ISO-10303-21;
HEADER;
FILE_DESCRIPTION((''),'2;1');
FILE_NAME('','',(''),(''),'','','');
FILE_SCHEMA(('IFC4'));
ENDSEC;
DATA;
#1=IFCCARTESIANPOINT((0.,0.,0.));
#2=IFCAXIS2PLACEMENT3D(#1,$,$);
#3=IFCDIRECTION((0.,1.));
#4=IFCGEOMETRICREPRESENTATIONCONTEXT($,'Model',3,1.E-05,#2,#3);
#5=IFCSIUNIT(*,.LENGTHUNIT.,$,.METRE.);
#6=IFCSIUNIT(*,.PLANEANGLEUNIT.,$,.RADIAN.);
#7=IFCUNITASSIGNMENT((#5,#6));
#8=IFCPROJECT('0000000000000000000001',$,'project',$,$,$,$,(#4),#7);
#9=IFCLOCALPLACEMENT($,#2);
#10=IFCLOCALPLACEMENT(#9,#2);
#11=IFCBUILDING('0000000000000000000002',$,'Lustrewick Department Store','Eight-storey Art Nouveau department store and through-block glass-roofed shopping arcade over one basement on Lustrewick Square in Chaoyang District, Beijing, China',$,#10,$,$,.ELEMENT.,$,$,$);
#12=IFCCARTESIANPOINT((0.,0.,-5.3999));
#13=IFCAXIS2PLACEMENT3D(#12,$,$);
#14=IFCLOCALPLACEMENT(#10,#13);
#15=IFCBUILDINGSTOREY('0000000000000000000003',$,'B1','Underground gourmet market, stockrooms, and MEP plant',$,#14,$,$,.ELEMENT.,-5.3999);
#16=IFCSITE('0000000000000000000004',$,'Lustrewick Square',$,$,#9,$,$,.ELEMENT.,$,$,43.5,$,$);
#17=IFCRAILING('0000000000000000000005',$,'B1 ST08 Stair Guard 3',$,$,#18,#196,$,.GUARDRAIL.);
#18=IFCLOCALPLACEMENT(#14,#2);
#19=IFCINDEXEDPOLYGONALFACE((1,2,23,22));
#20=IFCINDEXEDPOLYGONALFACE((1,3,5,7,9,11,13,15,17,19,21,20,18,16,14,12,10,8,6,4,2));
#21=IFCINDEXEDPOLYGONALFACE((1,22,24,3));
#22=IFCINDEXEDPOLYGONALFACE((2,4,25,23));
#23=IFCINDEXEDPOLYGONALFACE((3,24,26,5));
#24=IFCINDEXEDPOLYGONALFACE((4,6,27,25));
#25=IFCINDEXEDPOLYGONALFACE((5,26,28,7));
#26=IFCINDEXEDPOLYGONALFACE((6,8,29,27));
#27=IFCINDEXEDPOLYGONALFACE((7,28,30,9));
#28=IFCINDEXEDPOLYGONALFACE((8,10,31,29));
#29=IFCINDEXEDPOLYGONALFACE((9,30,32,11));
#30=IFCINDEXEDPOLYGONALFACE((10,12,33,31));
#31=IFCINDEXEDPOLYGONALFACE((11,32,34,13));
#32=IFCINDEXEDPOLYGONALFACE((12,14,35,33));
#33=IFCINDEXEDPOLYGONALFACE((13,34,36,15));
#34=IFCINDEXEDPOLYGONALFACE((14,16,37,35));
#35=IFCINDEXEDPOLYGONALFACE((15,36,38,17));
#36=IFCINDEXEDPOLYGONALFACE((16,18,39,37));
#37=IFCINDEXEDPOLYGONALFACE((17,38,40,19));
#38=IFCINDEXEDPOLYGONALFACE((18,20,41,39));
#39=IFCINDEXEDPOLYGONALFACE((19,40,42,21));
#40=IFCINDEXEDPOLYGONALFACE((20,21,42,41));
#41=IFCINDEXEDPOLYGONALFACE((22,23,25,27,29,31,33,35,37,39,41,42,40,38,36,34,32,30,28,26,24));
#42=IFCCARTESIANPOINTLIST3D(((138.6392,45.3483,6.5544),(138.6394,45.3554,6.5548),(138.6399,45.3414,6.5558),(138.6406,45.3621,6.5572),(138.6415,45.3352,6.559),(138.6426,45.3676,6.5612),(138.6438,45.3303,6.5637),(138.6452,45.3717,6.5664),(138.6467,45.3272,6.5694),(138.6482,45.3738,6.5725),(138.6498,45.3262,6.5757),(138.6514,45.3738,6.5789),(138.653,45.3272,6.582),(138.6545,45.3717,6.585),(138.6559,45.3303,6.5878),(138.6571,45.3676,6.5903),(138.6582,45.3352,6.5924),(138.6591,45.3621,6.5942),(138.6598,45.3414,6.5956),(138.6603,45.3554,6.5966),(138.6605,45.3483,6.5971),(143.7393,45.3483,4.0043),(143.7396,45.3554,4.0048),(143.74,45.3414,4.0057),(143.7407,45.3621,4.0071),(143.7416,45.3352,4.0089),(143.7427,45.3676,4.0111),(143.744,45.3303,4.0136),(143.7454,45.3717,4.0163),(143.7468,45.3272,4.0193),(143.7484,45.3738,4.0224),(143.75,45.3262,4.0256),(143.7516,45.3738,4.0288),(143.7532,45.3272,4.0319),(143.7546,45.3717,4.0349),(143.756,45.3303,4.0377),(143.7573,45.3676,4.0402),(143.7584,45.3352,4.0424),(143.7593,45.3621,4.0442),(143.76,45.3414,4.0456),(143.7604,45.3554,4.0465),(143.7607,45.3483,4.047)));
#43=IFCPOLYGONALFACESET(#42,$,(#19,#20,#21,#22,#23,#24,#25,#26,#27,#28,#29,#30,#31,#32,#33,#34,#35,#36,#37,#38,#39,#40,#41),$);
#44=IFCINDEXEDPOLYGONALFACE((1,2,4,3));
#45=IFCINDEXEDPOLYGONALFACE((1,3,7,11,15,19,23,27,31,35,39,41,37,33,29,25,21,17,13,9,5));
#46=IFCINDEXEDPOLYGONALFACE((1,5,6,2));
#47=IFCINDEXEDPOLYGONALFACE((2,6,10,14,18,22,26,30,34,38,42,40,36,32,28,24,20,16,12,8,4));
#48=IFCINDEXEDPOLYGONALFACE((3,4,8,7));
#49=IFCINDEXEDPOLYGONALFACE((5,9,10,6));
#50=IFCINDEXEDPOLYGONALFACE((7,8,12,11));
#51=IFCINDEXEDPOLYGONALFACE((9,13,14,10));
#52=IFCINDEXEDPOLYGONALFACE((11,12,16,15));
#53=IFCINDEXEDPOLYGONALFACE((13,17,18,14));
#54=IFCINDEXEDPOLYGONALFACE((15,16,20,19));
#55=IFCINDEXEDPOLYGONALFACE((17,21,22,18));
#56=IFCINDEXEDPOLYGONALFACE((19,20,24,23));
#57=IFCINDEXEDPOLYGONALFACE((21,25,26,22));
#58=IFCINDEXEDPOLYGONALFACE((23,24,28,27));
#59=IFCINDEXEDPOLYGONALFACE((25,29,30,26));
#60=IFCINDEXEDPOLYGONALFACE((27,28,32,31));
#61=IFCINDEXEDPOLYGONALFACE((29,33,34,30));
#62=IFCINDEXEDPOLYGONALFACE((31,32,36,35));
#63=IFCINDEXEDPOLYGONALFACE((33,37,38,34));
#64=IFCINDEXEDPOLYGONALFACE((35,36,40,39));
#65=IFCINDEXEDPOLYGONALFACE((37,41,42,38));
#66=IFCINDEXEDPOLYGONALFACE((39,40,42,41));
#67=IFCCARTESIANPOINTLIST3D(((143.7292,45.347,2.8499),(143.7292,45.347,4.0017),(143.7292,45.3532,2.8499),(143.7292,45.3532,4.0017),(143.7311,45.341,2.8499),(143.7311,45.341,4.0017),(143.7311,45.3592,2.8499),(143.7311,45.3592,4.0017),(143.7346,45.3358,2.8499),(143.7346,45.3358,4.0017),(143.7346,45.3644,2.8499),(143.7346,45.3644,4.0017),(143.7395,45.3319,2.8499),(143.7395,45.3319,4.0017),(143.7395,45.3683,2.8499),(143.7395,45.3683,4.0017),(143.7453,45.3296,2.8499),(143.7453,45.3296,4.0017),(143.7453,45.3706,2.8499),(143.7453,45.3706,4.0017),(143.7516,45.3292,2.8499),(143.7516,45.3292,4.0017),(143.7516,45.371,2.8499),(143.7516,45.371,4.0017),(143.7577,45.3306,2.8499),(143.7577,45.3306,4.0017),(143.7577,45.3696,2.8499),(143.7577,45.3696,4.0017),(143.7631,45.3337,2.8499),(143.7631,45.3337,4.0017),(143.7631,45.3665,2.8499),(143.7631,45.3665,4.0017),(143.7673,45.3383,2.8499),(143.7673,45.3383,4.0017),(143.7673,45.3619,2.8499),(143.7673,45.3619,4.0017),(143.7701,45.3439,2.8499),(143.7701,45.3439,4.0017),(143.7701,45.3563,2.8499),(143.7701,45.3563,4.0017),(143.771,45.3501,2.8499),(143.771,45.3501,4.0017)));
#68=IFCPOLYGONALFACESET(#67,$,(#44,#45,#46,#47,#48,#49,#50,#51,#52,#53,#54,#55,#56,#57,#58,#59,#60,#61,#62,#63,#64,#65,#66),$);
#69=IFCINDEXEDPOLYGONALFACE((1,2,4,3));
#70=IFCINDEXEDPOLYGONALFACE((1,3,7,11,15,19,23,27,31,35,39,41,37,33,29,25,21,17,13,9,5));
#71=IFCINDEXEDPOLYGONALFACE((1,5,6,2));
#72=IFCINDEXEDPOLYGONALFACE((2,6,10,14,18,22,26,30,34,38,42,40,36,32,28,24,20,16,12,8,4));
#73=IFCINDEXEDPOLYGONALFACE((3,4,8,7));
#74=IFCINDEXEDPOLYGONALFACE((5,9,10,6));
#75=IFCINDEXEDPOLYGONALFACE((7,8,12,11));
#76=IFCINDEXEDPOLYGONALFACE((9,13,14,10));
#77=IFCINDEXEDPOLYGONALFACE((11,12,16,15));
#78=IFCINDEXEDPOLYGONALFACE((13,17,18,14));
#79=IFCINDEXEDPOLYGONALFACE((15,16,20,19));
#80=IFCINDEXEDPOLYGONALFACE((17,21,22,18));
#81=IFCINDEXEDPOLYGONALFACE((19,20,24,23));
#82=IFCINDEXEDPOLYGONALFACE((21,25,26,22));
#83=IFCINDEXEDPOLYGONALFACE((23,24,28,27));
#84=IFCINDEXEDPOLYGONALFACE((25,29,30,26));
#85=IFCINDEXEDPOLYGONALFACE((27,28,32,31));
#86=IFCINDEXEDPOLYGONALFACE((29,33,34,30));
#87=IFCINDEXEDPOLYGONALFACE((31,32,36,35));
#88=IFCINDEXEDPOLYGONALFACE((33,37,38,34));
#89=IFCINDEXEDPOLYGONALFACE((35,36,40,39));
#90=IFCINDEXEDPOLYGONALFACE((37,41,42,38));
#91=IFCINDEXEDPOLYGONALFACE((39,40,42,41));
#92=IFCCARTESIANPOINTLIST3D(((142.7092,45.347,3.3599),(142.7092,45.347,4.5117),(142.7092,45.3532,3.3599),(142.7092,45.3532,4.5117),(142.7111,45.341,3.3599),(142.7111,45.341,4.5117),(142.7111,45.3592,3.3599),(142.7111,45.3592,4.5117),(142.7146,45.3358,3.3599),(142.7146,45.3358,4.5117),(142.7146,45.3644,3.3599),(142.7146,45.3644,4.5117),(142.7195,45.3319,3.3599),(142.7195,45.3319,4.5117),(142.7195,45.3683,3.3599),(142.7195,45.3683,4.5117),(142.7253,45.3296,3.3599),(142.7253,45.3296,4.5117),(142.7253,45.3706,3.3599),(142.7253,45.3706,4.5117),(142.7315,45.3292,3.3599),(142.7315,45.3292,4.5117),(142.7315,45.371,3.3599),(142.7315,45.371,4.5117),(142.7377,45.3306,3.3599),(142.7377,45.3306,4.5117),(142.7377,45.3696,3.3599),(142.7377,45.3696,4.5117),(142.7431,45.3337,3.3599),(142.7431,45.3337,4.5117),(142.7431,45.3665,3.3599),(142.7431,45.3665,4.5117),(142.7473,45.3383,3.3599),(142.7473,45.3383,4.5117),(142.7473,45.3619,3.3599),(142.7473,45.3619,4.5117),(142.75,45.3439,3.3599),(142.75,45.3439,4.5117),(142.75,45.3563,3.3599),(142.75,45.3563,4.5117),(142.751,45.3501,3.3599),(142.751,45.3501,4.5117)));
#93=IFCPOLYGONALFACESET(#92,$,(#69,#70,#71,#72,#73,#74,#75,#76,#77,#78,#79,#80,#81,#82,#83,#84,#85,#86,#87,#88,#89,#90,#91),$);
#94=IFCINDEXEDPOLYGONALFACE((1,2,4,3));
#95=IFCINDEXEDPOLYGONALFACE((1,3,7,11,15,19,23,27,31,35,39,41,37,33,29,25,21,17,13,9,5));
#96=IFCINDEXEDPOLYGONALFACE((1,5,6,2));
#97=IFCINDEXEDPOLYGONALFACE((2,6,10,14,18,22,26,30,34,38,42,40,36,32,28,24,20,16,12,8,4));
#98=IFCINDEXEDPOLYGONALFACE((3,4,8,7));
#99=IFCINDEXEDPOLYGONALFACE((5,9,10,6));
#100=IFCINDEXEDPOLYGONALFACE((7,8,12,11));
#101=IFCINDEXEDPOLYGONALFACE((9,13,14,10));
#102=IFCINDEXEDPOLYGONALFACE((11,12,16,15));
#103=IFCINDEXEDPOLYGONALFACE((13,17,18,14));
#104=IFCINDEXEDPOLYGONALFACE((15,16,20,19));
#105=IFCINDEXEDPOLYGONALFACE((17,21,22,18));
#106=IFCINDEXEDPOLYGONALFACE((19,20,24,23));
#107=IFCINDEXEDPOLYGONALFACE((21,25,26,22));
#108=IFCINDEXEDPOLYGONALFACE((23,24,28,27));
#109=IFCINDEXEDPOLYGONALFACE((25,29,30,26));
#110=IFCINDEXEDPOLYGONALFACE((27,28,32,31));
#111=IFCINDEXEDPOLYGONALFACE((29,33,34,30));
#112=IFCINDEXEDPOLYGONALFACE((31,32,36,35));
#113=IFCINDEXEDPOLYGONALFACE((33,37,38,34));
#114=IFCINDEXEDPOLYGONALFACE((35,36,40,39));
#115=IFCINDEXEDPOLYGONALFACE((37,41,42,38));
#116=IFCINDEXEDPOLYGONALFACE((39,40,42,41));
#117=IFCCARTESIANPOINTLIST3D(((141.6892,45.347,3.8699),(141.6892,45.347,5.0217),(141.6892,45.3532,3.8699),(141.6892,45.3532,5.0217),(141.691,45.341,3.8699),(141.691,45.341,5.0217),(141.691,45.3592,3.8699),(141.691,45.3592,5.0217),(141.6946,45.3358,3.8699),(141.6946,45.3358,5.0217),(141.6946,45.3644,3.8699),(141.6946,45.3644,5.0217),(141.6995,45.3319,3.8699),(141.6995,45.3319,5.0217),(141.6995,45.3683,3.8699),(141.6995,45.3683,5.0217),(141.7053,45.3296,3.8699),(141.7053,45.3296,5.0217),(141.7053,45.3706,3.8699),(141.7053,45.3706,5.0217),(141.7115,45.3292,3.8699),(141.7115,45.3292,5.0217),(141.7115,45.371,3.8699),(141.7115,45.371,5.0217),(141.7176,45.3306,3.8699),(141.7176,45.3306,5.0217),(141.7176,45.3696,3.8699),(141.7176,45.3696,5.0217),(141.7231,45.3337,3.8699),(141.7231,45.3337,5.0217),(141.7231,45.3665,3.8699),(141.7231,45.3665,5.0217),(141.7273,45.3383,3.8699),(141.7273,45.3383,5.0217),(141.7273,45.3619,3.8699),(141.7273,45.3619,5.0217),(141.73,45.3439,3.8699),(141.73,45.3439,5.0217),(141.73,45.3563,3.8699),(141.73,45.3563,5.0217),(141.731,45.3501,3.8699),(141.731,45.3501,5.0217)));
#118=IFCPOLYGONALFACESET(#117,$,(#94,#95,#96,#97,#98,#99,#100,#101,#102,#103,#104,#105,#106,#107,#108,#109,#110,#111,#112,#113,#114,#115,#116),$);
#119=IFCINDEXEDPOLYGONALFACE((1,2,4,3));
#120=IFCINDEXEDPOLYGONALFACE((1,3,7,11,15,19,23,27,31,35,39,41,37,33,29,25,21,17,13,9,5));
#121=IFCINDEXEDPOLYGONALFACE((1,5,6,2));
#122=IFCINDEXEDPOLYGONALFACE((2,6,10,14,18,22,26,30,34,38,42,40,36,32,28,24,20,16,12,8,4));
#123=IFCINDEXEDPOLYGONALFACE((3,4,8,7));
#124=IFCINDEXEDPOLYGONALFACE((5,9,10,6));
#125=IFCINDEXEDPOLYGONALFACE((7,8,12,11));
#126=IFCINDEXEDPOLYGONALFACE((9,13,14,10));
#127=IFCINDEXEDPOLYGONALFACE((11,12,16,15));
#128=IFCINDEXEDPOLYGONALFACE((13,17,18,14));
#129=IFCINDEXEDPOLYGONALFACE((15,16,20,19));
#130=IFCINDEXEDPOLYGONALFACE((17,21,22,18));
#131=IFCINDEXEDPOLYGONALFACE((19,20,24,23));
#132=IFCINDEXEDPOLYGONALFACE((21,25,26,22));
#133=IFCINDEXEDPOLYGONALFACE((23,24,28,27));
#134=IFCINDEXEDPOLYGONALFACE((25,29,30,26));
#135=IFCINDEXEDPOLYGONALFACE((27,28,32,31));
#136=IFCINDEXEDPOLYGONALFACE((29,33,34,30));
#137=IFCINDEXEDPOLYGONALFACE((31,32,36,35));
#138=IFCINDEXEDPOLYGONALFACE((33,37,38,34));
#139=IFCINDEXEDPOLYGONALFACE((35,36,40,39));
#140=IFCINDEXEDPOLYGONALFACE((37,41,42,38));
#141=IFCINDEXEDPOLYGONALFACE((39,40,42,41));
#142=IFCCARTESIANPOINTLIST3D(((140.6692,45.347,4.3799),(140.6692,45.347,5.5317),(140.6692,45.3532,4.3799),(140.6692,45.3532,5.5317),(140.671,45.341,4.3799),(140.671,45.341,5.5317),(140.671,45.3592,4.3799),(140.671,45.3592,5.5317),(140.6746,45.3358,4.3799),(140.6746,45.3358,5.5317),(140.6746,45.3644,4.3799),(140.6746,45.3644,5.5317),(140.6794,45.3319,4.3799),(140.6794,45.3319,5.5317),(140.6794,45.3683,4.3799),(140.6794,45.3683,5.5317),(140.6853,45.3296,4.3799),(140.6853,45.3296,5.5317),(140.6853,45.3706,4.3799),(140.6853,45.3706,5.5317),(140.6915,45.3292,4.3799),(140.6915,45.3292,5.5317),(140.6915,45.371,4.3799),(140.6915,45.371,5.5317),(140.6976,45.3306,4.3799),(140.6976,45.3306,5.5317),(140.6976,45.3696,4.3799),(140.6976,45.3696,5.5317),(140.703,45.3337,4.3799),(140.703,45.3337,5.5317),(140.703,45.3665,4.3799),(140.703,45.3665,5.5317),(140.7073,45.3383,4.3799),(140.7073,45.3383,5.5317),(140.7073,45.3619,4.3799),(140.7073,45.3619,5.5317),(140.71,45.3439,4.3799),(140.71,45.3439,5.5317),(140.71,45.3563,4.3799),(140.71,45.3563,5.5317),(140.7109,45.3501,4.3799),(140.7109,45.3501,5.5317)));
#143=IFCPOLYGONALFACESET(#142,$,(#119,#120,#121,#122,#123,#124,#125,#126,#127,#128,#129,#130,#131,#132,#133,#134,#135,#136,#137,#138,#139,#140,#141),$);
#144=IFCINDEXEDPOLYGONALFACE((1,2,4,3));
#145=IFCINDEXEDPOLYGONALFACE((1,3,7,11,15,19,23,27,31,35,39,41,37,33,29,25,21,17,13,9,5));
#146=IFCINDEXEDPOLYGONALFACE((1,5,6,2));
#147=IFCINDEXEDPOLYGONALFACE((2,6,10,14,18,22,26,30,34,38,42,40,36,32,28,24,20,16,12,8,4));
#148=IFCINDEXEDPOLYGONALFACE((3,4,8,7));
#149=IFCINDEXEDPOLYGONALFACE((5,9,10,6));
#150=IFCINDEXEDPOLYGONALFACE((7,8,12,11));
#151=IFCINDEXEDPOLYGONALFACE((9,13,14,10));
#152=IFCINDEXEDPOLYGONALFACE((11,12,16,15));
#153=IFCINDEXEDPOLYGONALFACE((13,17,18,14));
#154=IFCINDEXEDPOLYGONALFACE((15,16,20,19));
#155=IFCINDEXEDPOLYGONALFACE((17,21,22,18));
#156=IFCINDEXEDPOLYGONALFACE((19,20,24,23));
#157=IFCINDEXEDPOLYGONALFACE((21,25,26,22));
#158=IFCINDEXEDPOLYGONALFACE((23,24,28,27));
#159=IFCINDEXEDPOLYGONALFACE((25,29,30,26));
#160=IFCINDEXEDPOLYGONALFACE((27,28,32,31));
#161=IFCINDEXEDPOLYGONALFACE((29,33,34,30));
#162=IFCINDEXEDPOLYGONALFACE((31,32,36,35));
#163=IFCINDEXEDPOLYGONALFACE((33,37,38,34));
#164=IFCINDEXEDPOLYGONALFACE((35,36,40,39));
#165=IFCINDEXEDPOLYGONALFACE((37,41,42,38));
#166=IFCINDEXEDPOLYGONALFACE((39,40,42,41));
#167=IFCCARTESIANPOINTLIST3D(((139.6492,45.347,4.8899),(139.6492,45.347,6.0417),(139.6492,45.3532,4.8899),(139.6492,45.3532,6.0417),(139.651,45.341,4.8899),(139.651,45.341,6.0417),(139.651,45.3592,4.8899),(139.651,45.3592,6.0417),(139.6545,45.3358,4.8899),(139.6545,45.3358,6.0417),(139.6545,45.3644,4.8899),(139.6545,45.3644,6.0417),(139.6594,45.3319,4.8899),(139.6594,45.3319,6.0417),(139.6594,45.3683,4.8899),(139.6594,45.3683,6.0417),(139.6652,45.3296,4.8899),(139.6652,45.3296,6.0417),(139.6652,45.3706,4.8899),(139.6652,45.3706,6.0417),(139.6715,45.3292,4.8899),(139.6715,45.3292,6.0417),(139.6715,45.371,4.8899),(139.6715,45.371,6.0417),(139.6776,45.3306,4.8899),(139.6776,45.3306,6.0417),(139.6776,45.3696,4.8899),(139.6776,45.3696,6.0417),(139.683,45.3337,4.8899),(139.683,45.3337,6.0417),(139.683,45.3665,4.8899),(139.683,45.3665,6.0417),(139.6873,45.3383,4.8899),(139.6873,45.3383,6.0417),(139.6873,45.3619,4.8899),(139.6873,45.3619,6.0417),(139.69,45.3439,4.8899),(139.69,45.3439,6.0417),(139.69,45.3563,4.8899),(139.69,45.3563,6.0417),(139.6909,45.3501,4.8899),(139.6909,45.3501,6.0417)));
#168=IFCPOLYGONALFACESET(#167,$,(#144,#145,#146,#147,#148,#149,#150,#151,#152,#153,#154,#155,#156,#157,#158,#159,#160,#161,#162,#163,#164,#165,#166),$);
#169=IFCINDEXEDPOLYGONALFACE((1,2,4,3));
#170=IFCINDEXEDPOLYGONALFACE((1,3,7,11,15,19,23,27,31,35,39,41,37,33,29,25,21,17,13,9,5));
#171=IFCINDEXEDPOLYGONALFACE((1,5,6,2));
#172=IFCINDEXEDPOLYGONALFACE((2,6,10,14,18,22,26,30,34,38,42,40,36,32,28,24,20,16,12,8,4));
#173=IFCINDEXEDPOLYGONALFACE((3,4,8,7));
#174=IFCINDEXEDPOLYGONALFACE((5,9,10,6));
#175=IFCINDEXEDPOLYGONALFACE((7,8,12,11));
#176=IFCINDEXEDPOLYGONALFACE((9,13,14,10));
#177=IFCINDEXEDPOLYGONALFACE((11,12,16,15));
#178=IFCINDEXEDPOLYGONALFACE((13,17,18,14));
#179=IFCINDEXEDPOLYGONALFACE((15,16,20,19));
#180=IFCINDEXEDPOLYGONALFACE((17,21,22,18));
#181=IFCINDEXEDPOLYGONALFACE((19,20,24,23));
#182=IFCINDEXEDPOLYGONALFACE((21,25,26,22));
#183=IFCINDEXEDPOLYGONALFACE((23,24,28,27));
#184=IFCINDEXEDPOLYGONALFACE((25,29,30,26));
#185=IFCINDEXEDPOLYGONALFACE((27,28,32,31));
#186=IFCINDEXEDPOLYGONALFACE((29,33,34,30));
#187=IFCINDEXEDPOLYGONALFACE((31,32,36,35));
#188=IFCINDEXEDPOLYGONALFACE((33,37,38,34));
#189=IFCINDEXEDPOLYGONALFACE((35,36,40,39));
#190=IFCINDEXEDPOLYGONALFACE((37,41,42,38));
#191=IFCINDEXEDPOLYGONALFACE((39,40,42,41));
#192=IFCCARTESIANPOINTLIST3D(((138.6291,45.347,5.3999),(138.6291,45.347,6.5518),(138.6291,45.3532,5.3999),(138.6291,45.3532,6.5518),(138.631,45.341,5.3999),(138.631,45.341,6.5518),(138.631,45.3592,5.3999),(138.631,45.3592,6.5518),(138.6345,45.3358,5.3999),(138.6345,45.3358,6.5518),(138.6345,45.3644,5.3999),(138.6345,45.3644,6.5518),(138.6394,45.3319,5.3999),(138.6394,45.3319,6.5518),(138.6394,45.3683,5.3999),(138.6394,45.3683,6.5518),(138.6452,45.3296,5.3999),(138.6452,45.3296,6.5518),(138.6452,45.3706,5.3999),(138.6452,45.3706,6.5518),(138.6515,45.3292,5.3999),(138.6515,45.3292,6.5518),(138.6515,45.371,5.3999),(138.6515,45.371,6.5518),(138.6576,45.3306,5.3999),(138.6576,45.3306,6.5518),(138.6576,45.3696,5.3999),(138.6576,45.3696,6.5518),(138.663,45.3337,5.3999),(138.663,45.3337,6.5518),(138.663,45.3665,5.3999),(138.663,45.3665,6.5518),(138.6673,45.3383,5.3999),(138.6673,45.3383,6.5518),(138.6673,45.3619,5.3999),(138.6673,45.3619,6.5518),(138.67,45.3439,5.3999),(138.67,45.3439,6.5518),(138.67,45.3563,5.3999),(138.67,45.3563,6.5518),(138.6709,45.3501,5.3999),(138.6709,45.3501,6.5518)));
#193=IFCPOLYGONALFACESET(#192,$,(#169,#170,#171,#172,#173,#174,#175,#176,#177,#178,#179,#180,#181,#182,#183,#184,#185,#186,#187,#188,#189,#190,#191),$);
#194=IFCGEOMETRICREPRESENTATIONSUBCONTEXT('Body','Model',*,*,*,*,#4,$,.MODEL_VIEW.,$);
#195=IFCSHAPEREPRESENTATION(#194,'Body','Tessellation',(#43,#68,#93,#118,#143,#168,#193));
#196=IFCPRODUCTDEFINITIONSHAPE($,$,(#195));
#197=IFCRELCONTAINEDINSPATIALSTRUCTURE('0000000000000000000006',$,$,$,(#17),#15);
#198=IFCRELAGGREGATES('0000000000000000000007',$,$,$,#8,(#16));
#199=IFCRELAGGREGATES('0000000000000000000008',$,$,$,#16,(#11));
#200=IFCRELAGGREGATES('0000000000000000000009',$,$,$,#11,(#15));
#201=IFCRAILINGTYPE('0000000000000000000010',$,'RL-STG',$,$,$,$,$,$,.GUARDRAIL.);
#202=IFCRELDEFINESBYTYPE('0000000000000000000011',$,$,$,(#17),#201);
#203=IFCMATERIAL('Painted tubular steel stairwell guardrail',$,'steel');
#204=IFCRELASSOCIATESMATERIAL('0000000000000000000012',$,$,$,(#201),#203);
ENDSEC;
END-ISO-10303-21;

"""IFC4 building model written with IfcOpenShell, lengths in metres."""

from ifc_helpers import new_model, si_unit, direction, frame, origin, origin_2d, place, context, subcontext, project, spatial, circle, extrude, material, type_object, element, save


model = new_model("IFC4")

# Units and contexts
model_context = context("Model", 3, precision=1e-05, world=origin(), true_north=direction((0.0, 1.0)))
body_context = subcontext(model_context, "Body", "Model", "MODEL_VIEW")
ifc_project = project(units=[si_unit("LENGTHUNIT", "METRE"), si_unit("PLANEANGLEUNIT", "RADIAN")], contexts=[model_context])

# Site, building, storey
site_placement = place(None, origin())
site = spatial("IfcSite", under=ifc_project, at=site_placement, Name="Lustrewick Square", CompositionType="ELEMENT", RefElevation=43.5)
building_placement = place(site_placement, origin())
building = spatial("IfcBuilding", under=site, at=building_placement, Name="Lustrewick Department Store", Description="Eight-storey Art Nouveau department store and through-block glass-roofed shopping arcade over one basement on Lustrewick Square in Chaoyang District, Beijing, China", CompositionType="ELEMENT")
storey_placement = place(building_placement, frame((0.0, 0.0, -5.3999)))
storey = spatial("IfcBuildingStorey", under=building, at=storey_placement, Name="B1", Description="Underground gourmet market, stockrooms, and MEP plant", CompositionType="ELEMENT", Elevation=-5.3999)

# Railing
ifc_material_1 = material(Name="Painted tubular steel stairwell guardrail", Category="steel")
railing_type_1 = type_object("IfcRailingType", Name="RL-STG", PredefinedType="GUARDRAIL", material=ifc_material_1)
railing_1_placement = place(storey_placement, frame((143.75, 45.3501, 2.8499)))
element("IfcRailing", 1, at=railing_1_placement, inside=storey, type_object=railing_type_1, Name="B1 ST08 Stair Guard 3", PredefinedType="GUARDRAIL", context=body_context, shape_type="SweptSolid", body=[
    extrude(circle(Radius=0.0239, at=origin_2d()), frame((0.0, 0.0, 1.1758), z_axis=(-0.894427, 0.0, 0.447214), x_axis=(0.0, -1.0, 0.0)), (0.0, 0.0, 1.0), 5.7021),
    extrude(circle(Radius=0.021, at=origin_2d()), origin(), (0.0, 0.0, 1.0), 1.1519),
    extrude(circle(Radius=0.021, at=origin_2d()), frame((-1.02, 0.0, 0.51)), (0.0, 0.0, 1.0), 1.1519),
    extrude(circle(Radius=0.021, at=origin_2d()), frame((-2.04, 0.0, 1.02)), (0.0, 0.0, 1.0), 1.1519),
    extrude(circle(Radius=0.021, at=origin_2d()), frame((-3.0601, 0.0, 1.53)), (0.0, 0.0, 1.0), 1.1519),
    extrude(circle(Radius=0.021, at=origin_2d()), frame((-4.0801, 0.0, 2.04)), (0.0, 0.0, 1.0), 1.1519),
    extrude(circle(Radius=0.021, at=origin_2d()), frame((-5.1001, 0.0, 2.55)), (0.0, 0.0, 1.0), 1.1519),
])

save(model, "model.ifc")
